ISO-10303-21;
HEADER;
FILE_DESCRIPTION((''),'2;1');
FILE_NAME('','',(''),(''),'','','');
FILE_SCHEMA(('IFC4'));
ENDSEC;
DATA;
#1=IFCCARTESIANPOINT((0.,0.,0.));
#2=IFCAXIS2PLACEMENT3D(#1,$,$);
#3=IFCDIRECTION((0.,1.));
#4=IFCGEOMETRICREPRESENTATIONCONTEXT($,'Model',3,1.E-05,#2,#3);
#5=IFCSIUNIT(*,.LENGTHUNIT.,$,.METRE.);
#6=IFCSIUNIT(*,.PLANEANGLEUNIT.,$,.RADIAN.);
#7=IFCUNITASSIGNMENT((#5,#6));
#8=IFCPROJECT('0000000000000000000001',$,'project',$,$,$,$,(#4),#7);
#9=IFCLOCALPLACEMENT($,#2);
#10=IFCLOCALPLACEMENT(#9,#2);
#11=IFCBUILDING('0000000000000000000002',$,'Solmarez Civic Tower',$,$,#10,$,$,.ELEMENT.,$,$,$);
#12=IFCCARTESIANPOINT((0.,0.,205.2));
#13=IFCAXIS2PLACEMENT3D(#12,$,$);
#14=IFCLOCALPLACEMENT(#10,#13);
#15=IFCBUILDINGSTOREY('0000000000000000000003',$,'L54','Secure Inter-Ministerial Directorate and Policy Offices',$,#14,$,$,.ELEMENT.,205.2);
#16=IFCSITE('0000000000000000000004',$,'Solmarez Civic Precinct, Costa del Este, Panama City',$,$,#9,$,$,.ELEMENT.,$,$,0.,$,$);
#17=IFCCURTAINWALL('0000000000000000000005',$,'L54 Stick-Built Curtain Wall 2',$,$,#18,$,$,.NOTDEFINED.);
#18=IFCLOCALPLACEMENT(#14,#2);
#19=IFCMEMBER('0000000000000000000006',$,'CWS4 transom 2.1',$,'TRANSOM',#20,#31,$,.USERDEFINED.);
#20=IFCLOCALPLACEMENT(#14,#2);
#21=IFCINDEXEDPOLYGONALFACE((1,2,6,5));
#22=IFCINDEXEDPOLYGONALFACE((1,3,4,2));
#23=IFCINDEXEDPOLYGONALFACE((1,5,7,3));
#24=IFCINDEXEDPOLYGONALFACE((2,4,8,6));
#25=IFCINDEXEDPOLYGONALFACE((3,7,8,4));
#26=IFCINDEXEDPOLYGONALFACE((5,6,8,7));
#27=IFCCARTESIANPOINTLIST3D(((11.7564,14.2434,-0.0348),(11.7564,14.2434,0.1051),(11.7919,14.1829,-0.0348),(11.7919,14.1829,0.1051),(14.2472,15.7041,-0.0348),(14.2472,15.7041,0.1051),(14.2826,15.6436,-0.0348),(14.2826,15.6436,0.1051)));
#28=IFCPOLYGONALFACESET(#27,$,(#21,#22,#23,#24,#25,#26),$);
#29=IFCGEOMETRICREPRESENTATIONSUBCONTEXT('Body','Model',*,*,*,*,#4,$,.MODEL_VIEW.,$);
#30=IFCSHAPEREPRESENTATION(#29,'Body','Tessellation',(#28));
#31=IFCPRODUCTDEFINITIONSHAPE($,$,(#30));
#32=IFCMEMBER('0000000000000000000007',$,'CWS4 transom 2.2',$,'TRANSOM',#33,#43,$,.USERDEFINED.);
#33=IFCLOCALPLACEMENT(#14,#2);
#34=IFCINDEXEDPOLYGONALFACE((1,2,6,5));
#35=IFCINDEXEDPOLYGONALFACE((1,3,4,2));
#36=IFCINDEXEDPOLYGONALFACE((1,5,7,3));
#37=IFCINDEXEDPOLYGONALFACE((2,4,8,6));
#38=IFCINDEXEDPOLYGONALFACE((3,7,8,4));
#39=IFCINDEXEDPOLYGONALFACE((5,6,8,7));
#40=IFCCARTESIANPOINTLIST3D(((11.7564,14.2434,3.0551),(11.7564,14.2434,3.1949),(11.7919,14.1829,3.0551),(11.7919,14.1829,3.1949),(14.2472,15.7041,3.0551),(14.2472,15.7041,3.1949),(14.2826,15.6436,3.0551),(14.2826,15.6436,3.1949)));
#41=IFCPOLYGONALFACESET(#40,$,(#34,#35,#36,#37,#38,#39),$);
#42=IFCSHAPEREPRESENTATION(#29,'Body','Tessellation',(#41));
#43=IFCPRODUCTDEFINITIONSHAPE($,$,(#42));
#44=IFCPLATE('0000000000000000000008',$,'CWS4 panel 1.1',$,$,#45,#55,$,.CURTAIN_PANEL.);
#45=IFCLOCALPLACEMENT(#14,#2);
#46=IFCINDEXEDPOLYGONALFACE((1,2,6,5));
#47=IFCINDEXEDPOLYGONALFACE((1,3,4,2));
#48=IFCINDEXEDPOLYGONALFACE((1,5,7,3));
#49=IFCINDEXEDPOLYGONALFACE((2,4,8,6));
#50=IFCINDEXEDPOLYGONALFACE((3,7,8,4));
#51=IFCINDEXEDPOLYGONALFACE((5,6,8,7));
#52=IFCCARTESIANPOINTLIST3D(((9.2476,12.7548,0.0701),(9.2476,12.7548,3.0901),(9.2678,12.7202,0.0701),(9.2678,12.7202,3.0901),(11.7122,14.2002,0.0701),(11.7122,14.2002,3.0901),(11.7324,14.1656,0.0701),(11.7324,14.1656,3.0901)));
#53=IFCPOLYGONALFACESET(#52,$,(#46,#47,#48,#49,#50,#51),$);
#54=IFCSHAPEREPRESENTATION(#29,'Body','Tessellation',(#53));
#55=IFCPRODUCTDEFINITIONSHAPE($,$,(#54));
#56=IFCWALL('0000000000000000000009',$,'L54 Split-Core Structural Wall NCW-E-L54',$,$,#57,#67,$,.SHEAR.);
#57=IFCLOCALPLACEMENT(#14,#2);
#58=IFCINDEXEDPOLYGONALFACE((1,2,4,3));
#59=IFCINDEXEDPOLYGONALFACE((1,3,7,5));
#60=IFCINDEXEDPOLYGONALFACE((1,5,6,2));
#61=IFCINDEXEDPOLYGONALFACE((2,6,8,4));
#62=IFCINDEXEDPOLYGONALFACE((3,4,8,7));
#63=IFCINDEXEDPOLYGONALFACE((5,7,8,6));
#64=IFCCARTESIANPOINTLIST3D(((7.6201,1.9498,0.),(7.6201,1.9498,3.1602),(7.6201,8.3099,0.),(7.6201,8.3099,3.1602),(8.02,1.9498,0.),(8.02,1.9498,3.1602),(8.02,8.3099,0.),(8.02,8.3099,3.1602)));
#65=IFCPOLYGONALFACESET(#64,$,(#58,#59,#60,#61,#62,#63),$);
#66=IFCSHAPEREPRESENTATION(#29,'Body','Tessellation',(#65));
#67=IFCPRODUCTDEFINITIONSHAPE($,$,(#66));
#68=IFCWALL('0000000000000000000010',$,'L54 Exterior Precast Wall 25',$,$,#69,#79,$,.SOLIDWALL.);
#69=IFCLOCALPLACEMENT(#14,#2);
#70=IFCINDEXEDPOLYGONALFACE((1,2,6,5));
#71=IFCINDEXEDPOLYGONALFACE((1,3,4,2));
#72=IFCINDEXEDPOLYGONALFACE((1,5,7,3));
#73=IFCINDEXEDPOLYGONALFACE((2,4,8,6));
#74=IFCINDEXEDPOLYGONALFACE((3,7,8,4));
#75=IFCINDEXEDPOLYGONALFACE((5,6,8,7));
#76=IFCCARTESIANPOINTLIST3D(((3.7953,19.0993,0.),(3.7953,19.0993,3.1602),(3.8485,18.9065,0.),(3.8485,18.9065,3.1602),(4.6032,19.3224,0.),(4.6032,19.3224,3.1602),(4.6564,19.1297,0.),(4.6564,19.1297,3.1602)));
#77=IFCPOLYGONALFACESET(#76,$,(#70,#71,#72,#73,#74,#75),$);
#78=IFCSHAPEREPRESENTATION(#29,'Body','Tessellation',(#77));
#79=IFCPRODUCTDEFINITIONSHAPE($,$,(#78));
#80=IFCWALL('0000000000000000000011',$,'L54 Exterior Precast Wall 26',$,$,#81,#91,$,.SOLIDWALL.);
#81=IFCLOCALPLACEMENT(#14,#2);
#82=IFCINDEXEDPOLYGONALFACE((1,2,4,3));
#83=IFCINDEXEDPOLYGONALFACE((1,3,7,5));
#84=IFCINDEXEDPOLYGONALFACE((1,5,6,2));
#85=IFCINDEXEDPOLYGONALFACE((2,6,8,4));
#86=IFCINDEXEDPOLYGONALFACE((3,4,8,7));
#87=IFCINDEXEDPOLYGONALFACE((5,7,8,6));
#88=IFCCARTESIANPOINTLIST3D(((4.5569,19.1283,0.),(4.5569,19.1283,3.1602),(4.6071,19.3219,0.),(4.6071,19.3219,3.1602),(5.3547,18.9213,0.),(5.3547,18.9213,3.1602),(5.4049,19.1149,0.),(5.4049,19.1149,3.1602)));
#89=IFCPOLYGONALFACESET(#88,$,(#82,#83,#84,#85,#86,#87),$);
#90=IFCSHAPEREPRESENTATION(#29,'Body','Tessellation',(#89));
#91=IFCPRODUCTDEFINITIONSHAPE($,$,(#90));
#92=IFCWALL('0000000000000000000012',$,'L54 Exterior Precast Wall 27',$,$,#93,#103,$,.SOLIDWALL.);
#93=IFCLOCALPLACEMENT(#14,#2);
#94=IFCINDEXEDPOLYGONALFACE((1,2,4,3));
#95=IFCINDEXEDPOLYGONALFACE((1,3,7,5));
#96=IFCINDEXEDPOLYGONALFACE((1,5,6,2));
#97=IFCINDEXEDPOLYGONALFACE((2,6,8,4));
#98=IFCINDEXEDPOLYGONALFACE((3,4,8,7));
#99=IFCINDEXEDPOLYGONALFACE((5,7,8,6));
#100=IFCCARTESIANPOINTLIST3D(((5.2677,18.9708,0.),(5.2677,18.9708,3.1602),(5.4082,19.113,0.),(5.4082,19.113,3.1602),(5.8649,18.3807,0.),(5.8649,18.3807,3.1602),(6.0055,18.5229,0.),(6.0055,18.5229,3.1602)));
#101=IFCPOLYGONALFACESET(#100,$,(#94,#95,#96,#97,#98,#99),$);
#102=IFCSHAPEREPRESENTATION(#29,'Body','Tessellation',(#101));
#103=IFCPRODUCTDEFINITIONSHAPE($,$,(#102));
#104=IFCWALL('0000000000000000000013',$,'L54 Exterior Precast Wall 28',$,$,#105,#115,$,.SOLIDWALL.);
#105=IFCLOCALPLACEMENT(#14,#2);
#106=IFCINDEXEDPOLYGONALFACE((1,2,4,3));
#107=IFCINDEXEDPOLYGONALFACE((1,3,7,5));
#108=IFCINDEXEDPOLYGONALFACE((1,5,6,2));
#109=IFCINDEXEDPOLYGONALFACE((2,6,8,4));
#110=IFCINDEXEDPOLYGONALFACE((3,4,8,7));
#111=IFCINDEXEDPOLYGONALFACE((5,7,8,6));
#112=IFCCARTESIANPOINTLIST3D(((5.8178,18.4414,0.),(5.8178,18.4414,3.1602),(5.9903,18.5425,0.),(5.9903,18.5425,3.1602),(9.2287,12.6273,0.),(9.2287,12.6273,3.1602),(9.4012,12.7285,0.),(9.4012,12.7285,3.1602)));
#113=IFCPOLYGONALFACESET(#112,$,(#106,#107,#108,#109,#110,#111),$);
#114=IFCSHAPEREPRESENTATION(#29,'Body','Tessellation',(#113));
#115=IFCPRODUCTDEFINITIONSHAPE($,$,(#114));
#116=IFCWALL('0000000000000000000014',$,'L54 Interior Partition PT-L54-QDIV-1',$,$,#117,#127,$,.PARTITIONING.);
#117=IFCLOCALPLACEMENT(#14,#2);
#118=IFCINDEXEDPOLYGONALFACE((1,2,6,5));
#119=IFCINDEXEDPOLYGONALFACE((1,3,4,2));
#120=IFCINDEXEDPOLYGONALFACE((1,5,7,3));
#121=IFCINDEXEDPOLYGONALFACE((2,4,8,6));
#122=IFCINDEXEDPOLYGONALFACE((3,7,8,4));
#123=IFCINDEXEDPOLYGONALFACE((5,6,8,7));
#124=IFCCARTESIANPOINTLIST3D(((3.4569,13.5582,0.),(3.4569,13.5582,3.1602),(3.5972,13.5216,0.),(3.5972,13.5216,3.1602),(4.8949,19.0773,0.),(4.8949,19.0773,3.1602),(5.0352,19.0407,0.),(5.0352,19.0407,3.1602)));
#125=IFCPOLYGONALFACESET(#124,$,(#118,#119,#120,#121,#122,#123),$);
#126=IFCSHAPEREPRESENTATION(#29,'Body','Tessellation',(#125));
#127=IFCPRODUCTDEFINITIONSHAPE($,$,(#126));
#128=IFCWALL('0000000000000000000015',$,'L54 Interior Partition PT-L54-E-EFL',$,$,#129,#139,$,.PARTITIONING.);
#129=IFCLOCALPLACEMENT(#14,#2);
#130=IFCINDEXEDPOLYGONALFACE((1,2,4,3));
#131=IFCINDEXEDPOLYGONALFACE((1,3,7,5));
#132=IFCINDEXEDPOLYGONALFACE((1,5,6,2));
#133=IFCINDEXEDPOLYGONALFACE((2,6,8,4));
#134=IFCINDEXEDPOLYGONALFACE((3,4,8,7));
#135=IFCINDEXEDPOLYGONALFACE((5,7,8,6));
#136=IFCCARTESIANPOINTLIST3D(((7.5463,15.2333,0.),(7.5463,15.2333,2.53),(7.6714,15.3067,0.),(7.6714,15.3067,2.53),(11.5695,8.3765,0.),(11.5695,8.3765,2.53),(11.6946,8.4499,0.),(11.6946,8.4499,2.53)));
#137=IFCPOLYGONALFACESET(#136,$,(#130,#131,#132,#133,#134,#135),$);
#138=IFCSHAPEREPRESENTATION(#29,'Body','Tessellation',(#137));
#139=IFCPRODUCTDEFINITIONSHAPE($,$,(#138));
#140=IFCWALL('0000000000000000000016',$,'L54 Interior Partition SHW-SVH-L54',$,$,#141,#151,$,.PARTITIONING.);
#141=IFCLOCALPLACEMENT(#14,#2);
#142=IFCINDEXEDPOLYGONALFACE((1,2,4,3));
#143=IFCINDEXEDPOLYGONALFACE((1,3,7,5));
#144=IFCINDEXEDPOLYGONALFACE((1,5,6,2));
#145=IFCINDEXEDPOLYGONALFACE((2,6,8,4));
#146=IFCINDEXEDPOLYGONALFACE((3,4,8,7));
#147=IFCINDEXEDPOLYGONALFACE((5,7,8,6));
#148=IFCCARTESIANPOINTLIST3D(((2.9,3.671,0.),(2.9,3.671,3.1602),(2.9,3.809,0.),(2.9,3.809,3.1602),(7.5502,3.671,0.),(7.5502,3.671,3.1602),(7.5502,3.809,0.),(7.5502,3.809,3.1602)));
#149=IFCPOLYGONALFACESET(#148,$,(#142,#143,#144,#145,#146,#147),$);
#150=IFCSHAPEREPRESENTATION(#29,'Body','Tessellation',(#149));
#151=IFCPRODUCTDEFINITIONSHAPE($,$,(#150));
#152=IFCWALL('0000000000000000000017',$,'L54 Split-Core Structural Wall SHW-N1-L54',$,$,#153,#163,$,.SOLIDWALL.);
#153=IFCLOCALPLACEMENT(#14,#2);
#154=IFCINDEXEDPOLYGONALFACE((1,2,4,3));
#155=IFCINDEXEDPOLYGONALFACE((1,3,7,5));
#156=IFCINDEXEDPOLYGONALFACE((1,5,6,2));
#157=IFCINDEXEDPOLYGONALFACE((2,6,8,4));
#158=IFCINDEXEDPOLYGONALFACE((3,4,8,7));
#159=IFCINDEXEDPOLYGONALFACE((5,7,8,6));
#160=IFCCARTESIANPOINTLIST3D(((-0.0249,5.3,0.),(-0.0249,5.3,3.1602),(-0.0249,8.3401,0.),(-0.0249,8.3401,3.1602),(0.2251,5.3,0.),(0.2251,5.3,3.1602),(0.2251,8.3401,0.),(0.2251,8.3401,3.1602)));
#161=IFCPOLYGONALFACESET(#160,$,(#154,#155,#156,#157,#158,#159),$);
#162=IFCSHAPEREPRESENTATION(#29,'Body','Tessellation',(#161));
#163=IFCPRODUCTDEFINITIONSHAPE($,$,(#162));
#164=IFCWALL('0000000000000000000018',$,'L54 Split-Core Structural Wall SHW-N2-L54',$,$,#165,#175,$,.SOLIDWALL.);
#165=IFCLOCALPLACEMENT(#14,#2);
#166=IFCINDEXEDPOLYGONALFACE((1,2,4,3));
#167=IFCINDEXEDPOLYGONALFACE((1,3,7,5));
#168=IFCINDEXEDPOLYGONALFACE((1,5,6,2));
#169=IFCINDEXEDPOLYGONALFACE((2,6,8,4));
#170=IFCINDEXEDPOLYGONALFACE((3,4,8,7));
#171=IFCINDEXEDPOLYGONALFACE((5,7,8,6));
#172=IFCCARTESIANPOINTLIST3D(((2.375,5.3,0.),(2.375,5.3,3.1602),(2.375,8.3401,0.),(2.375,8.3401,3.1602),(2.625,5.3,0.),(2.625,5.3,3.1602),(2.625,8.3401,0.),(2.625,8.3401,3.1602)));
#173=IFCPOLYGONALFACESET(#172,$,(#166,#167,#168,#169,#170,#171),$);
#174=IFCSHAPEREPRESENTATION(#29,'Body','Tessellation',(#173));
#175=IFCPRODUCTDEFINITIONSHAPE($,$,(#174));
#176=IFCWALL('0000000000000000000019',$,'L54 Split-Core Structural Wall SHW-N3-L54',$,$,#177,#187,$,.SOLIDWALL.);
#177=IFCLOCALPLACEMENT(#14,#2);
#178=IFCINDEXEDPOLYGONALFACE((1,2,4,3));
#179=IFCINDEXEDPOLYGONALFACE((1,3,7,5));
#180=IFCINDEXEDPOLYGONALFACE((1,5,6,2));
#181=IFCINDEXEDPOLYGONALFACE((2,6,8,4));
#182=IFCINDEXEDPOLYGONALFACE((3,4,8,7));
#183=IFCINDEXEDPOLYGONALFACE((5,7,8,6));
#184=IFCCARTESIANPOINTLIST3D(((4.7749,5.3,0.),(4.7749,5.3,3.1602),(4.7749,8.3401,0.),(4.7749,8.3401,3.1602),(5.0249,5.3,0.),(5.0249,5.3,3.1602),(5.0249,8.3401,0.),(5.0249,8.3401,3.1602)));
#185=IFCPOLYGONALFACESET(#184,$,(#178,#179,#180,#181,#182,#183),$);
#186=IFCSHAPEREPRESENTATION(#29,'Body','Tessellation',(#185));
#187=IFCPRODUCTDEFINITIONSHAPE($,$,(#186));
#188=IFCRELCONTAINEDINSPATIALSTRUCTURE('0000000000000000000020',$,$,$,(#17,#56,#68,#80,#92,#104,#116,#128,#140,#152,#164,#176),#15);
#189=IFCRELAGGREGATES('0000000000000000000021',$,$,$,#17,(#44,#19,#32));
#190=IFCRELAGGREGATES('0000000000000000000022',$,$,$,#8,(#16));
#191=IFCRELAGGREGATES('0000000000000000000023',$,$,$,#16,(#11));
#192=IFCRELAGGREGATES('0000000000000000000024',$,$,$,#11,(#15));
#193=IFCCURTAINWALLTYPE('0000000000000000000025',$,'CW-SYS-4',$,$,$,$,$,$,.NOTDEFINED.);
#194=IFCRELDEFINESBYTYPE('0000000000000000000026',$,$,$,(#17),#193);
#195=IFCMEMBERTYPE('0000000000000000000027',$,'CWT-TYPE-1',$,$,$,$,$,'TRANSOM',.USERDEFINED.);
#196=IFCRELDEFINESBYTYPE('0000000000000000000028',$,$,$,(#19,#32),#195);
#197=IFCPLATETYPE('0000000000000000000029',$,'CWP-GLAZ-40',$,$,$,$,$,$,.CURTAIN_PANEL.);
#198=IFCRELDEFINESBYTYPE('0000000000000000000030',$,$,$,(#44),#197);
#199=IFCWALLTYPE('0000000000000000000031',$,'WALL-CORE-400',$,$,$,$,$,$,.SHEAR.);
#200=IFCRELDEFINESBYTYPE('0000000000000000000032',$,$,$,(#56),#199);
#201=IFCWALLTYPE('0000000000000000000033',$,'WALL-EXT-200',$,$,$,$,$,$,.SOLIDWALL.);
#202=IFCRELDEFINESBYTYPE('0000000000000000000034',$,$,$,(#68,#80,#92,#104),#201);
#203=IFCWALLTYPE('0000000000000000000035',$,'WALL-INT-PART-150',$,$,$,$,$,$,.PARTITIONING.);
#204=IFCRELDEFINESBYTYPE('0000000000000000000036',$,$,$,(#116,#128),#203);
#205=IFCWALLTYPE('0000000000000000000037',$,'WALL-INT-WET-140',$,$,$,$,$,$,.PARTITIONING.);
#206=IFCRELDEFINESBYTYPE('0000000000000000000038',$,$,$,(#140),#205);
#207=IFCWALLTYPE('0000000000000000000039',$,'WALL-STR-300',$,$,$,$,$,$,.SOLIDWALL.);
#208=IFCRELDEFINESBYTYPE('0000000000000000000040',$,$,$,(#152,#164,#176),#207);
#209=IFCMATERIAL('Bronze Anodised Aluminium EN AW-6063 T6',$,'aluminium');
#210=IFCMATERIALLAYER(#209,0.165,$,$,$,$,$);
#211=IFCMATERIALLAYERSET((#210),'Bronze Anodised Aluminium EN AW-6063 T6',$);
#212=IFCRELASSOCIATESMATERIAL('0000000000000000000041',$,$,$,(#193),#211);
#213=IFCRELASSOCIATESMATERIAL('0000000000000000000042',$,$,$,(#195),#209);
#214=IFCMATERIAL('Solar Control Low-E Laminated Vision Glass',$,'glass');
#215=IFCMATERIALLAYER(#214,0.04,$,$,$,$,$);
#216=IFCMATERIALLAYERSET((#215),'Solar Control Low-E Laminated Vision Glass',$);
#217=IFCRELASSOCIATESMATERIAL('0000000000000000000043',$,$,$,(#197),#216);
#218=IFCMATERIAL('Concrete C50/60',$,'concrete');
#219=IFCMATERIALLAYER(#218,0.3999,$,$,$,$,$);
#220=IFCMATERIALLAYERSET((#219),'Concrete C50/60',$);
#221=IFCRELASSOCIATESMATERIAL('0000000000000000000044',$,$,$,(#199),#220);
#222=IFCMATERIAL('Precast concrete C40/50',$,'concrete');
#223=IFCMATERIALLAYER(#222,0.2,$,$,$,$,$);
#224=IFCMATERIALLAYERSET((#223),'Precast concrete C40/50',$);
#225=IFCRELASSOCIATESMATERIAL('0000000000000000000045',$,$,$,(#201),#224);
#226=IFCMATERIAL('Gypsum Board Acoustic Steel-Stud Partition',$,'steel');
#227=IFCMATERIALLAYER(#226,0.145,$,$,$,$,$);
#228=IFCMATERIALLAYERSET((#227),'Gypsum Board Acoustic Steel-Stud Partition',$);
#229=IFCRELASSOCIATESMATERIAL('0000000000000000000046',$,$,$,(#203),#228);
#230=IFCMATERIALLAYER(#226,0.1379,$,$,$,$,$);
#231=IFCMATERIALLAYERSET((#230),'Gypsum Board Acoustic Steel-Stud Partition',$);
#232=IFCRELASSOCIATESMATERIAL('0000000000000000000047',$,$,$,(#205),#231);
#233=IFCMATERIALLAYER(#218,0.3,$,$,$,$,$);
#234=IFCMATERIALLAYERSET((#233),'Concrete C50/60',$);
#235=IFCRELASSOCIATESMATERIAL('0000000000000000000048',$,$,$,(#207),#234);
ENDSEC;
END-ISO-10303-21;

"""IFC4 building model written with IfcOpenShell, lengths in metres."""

from ifc_helpers import new_model, si_unit, direction, frame, frame_2d, origin, origin_2d, place, context, subcontext, project, spatial, rectangle, extrude, material, layer, layer_set, material_profile, profile_set, type_object, element, aggregate, save


model = new_model("IFC4")

# Units and contexts
model_context = context("Model", 3, precision=1e-05, world=origin(), true_north=direction((0.0, 1.0)))
body_context = subcontext(model_context, "Body", "Model", "MODEL_VIEW")
ifc_project = project(units=[si_unit("LENGTHUNIT", "METRE"), si_unit("PLANEANGLEUNIT", "RADIAN")], contexts=[model_context])

# Site, building, storey
site_placement = place(None, origin())
site = spatial("IfcSite", under=ifc_project, at=site_placement, Name="Solmarez Civic Precinct, Costa del Este, Panama City", CompositionType="ELEMENT", RefElevation=0.0)
building_placement = place(site_placement, origin())
building = spatial("IfcBuilding", under=site, at=building_placement, Name="Solmarez Civic Tower", CompositionType="ELEMENT")
storey_placement = place(building_placement, frame((0.0, 0.0, 205.2)))
storey = spatial("IfcBuildingStorey", under=building, at=storey_placement, Name="L54", Description="Secure Inter-Ministerial Directorate and Policy Offices", CompositionType="ELEMENT", Elevation=205.2)

# Shared definitions
ifc_material_1 = material(Name="Concrete C50/60", Category="concrete")

# Curtain wall, members, plate
ifc_material_2 = material(Name="Bronze Anodised Aluminium EN AW-6063 T6", Category="aluminium")
ifc_layer_1 = layer(ifc_material_2, 0.165)
ifc_layer_set_1 = layer_set([ifc_layer_1], Name="Bronze Anodised Aluminium EN AW-6063 T6")
curtain_wall_type = type_object("IfcCurtainWallType", Name="CW-SYS-4", PredefinedType="NOTDEFINED", material=ifc_layer_set_1)
curtain_wall_placement = place(storey_placement, origin())
curtain_wall = element("IfcCurtainWall", 1, at=curtain_wall_placement, inside=storey, type_object=curtain_wall_type, Name="L54 Stick-Built Curtain Wall 2", PredefinedType="NOTDEFINED")
ifc_material_profile_1 = material_profile(ifc_material_2, rectangle(XDim=0.0701, YDim=0.1399, at=origin_2d()), Name="CWT-70X140")
ifc_profile_set_1 = profile_set([ifc_material_profile_1], Name="Bronze Anodised Aluminium EN AW-6063 T6")
member_type_1 = type_object("IfcMemberType", Name="CWT-TYPE-1", ElementType="TRANSOM", PredefinedType="USERDEFINED", material=ifc_profile_set_1)
member_1_placement = place(storey_placement, frame((11.7742, 14.2131, 0.0352), z_axis=(0.862605, 0.505878, 0.0), x_axis=(-0.505878, 0.862605, 0.0)))
member_1 = element("IfcMember", 2, at=member_1_placement, type_object=member_type_1, Name="CWS4 transom 2.1", ObjectType="TRANSOM", PredefinedType="USERDEFINED", context=body_context, shape_type="SweptSolid", body=[
    extrude(rectangle(XDim=0.0701, YDim=0.1399, at=origin_2d()), origin(), (0.0, 0.0, 1.0), 2.8875),
])
member_2_placement = place(storey_placement, frame((11.7742, 14.2131, 3.125), z_axis=(0.862605, 0.505878, 0.0), x_axis=(-0.505878, 0.862605, 0.0)))
member_2 = element("IfcMember", 3, at=member_2_placement, type_object=member_type_1, Name="CWS4 transom 2.2", ObjectType="TRANSOM", PredefinedType="USERDEFINED", context=body_context, shape_type="SweptSolid", body=[
    extrude(rectangle(XDim=0.0701, YDim=0.1399, at=origin_2d()), origin(), (0.0, 0.0, 1.0), 2.8875),
])
ifc_material_3 = material(Name="Solar Control Low-E Laminated Vision Glass", Category="glass")
ifc_layer_2 = layer(ifc_material_3, 0.04)
ifc_layer_set_2 = layer_set([ifc_layer_2], Name="Solar Control Low-E Laminated Vision Glass")
plate_type = type_object("IfcPlateType", Name="CWP-GLAZ-40", PredefinedType="CURTAIN_PANEL", material=ifc_layer_set_2)
plate_placement = place(storey_placement, frame((10.49, 13.4602, 0.0701), z_axis=(0.0, 0.0, 1.0), x_axis=(0.862599, 0.505888, 0.0)))
plate = element("IfcPlate", 4, at=plate_placement, type_object=plate_type, Name="CWS4 panel 1.1", PredefinedType="CURTAIN_PANEL", context=body_context, shape_type="SweptSolid", body=[
    extrude(rectangle(XDim=2.8572, YDim=0.04, at=origin_2d()), origin(), (0.0, 0.0, 1.0), 3.02),
])
aggregate(curtain_wall, [plate, member_1, member_2])

# Walls
ifc_layer_3 = layer(ifc_material_1, 0.3999)
ifc_layer_set_3 = layer_set([ifc_layer_3], Name="Concrete C50/60")
wall_type_1 = type_object("IfcWallType", Name="WALL-CORE-400", PredefinedType="SHEAR", material=ifc_layer_set_3)
wall_1_placement = place(storey_placement, frame((7.8201, 8.3101, 0.0), z_axis=(0.0, 0.0, 1.0), x_axis=(0.0, -1.0, 0.0)))
element("IfcWall", 5, at=wall_1_placement, inside=storey, type_object=wall_type_1, Name="L54 Split-Core Structural Wall NCW-E-L54", PredefinedType="SHEAR", context=body_context, shape_type="SweptSolid", body=[
    extrude(rectangle(XDim=6.3601, YDim=0.3999, at=frame_2d((3.1802, 0.0))), origin(), (0.0, 0.0, 1.0), 3.1602),
])
ifc_material_4 = material(Name="Precast concrete C40/50", Category="concrete")
ifc_layer_4 = layer(ifc_material_4, 0.2)
ifc_layer_set_4 = layer_set([ifc_layer_4], Name="Precast concrete C40/50")
wall_type_2 = type_object("IfcWallType", Name="WALL-EXT-200", PredefinedType="SOLIDWALL", material=ifc_layer_set_4)
wall_2_placement = place(storey_placement, frame((3.822, 19.0029, 0.0), z_axis=(0.0, 0.0, 1.0), x_axis=(0.963905, 0.266246, 0.0)))
element("IfcWall", 6, at=wall_2_placement, inside=storey, type_object=wall_type_2, Name="L54 Exterior Precast Wall 25", PredefinedType="SOLIDWALL", context=body_context, shape_type="SweptSolid", body=[
    extrude(rectangle(XDim=0.8381, YDim=0.2, at=frame_2d((0.4189, 0.0))), origin(), (0.0, 0.0, 1.0), 3.1602),
])
wall_3_placement = place(storey_placement, frame((4.582, 19.2251, 0.0), z_axis=(0.0, 0.0, 1.0), x_axis=(0.967944, -0.251168, 0.0)))
element("IfcWall", 7, at=wall_3_placement, inside=storey, type_object=wall_type_2, Name="L54 Exterior Precast Wall 26", PredefinedType="SOLIDWALL", context=body_context, shape_type="SweptSolid", body=[
    extrude(rectangle(XDim=0.8242, YDim=0.2, at=frame_2d((0.4121, 0.0))), origin(), (0.0, 0.0, 1.0), 3.1602),
])
wall_4_placement = place(storey_placement, frame((5.3379, 19.042, 0.0), z_axis=(0.0, 0.0, 1.0), x_axis=(0.711311, -0.702878, 0.0)))
element("IfcWall", 8, at=wall_4_placement, inside=storey, type_object=wall_type_2, Name="L54 Exterior Precast Wall 27", PredefinedType="SOLIDWALL", context=body_context, shape_type="SweptSolid", body=[
    extrude(rectangle(XDim=0.8396, YDim=0.2, at=frame_2d((0.4199, 0.0))), origin(), (0.0, 0.0, 1.0), 3.1602),
])
wall_5_placement = place(storey_placement, frame((5.9041, 18.4919, 0.0), z_axis=(0.0, 0.0, 1.0), x_axis=(0.506018, -0.862523, 0.0)))
element("IfcWall", 9, at=wall_5_placement, inside=storey, type_object=wall_type_2, Name="L54 Exterior Precast Wall 28", PredefinedType="SOLIDWALL", context=body_context, shape_type="SweptSolid", body=[
    extrude(rectangle(XDim=6.7407, YDim=0.2, at=frame_2d((3.3704, 0.0))), origin(), (0.0, 0.0, 1.0), 3.1602),
])
ifc_material_5 = material(Name="Gypsum Board Acoustic Steel-Stud Partition", Category="steel")
ifc_layer_5 = layer(ifc_material_5, 0.145)
ifc_layer_set_5 = layer_set([ifc_layer_5], Name="Gypsum Board Acoustic Steel-Stud Partition")
wall_type_3 = type_object("IfcWallType", Name="WALL-INT-PART-150", PredefinedType="PARTITIONING", material=ifc_layer_set_5)
wall_6_placement = place(storey_placement, frame((3.5271, 13.54, 0.0), z_axis=(0.0, 0.0, 1.0), x_axis=(0.252133, 0.967693, 0.0)))
element("IfcWall", 10, at=wall_6_placement, inside=storey, type_object=wall_type_3, Name="L54 Interior Partition PT-L54-QDIV-1", PredefinedType="PARTITIONING", context=body_context, shape_type="SweptSolid", body=[
    extrude(rectangle(XDim=5.7034, YDim=0.145, at=frame_2d((2.8516, 0.0))), origin(), (0.0, 0.0, 1.0), 3.1602),
])
wall_7_placement = place(storey_placement, frame((11.6321, 8.4131, 0.0), z_axis=(0.0, 0.0, 1.0), x_axis=(-0.506058, 0.8625, 0.0)))
element("IfcWall", 11, at=wall_7_placement, inside=storey, type_object=wall_type_3, Name="L54 Interior Partition PT-L54-E-EFL", PredefinedType="PARTITIONING", context=body_context, shape_type="SweptSolid", body=[
    extrude(rectangle(XDim=7.95, YDim=0.145, at=frame_2d((3.9751, 0.0))), origin(), (0.0, 0.0, 1.0), 2.53),
])
ifc_layer_6 = layer(ifc_material_5, 0.1379)
ifc_layer_set_6 = layer_set([ifc_layer_6], Name="Gypsum Board Acoustic Steel-Stud Partition")
wall_type_4 = type_object("IfcWallType", Name="WALL-INT-WET-140", PredefinedType="PARTITIONING", material=ifc_layer_set_6)
wall_8_placement = place(storey_placement, frame((2.8999, 3.74, 0.0), z_axis=(0.0, 0.0, 1.0), x_axis=(1.0, 0.0, 0.0)))
element("IfcWall", 12, at=wall_8_placement, inside=storey, type_object=wall_type_4, Name="L54 Interior Partition SHW-SVH-L54", PredefinedType="PARTITIONING", context=body_context, shape_type="SweptSolid", body=[
    extrude(rectangle(XDim=4.6501, YDim=0.1379, at=frame_2d((2.3252, 0.0))), origin(), (0.0, 0.0, 1.0), 3.1602),
])

# Shared definitions
ifc_layer_7 = layer(ifc_material_1, 0.3)
ifc_layer_set_7 = layer_set([ifc_layer_7], Name="Concrete C50/60")
wall_type_5 = type_object("IfcWallType", Name="WALL-STR-300", PredefinedType="SOLIDWALL", material=ifc_layer_set_7)

# Walls
for number, where, z_axis, x_axis, name in (
    (13, (0.1001, 5.3, 0.0), (0.0, 0.0, 1.0), (0.0, 1.0, 0.0), "L54 Split-Core Structural Wall SHW-N1-L54"),
    (14, (2.5, 5.3, 0.0), (0.0, 0.0, 1.0), (0.0, 1.0, 0.0), "L54 Split-Core Structural Wall SHW-N2-L54"),
    (15, (4.8999, 5.3, 0.0), (0.0, 0.0, 1.0), (0.0, 1.0, 0.0), "L54 Split-Core Structural Wall SHW-N3-L54"),
):
    element("IfcWall", number, at=place(storey_placement, frame(where, z_axis=z_axis, x_axis=x_axis)), inside=storey, type_object=wall_type_5, Name=name, PredefinedType="SOLIDWALL", context=body_context, shape_type="SweptSolid", body=[
        extrude(rectangle(XDim=3.04, YDim=0.25, at=frame_2d((1.52, 0.0))), origin(), (0.0, 0.0, 1.0), 3.1602),
    ])

save(model, "model.ifc")
